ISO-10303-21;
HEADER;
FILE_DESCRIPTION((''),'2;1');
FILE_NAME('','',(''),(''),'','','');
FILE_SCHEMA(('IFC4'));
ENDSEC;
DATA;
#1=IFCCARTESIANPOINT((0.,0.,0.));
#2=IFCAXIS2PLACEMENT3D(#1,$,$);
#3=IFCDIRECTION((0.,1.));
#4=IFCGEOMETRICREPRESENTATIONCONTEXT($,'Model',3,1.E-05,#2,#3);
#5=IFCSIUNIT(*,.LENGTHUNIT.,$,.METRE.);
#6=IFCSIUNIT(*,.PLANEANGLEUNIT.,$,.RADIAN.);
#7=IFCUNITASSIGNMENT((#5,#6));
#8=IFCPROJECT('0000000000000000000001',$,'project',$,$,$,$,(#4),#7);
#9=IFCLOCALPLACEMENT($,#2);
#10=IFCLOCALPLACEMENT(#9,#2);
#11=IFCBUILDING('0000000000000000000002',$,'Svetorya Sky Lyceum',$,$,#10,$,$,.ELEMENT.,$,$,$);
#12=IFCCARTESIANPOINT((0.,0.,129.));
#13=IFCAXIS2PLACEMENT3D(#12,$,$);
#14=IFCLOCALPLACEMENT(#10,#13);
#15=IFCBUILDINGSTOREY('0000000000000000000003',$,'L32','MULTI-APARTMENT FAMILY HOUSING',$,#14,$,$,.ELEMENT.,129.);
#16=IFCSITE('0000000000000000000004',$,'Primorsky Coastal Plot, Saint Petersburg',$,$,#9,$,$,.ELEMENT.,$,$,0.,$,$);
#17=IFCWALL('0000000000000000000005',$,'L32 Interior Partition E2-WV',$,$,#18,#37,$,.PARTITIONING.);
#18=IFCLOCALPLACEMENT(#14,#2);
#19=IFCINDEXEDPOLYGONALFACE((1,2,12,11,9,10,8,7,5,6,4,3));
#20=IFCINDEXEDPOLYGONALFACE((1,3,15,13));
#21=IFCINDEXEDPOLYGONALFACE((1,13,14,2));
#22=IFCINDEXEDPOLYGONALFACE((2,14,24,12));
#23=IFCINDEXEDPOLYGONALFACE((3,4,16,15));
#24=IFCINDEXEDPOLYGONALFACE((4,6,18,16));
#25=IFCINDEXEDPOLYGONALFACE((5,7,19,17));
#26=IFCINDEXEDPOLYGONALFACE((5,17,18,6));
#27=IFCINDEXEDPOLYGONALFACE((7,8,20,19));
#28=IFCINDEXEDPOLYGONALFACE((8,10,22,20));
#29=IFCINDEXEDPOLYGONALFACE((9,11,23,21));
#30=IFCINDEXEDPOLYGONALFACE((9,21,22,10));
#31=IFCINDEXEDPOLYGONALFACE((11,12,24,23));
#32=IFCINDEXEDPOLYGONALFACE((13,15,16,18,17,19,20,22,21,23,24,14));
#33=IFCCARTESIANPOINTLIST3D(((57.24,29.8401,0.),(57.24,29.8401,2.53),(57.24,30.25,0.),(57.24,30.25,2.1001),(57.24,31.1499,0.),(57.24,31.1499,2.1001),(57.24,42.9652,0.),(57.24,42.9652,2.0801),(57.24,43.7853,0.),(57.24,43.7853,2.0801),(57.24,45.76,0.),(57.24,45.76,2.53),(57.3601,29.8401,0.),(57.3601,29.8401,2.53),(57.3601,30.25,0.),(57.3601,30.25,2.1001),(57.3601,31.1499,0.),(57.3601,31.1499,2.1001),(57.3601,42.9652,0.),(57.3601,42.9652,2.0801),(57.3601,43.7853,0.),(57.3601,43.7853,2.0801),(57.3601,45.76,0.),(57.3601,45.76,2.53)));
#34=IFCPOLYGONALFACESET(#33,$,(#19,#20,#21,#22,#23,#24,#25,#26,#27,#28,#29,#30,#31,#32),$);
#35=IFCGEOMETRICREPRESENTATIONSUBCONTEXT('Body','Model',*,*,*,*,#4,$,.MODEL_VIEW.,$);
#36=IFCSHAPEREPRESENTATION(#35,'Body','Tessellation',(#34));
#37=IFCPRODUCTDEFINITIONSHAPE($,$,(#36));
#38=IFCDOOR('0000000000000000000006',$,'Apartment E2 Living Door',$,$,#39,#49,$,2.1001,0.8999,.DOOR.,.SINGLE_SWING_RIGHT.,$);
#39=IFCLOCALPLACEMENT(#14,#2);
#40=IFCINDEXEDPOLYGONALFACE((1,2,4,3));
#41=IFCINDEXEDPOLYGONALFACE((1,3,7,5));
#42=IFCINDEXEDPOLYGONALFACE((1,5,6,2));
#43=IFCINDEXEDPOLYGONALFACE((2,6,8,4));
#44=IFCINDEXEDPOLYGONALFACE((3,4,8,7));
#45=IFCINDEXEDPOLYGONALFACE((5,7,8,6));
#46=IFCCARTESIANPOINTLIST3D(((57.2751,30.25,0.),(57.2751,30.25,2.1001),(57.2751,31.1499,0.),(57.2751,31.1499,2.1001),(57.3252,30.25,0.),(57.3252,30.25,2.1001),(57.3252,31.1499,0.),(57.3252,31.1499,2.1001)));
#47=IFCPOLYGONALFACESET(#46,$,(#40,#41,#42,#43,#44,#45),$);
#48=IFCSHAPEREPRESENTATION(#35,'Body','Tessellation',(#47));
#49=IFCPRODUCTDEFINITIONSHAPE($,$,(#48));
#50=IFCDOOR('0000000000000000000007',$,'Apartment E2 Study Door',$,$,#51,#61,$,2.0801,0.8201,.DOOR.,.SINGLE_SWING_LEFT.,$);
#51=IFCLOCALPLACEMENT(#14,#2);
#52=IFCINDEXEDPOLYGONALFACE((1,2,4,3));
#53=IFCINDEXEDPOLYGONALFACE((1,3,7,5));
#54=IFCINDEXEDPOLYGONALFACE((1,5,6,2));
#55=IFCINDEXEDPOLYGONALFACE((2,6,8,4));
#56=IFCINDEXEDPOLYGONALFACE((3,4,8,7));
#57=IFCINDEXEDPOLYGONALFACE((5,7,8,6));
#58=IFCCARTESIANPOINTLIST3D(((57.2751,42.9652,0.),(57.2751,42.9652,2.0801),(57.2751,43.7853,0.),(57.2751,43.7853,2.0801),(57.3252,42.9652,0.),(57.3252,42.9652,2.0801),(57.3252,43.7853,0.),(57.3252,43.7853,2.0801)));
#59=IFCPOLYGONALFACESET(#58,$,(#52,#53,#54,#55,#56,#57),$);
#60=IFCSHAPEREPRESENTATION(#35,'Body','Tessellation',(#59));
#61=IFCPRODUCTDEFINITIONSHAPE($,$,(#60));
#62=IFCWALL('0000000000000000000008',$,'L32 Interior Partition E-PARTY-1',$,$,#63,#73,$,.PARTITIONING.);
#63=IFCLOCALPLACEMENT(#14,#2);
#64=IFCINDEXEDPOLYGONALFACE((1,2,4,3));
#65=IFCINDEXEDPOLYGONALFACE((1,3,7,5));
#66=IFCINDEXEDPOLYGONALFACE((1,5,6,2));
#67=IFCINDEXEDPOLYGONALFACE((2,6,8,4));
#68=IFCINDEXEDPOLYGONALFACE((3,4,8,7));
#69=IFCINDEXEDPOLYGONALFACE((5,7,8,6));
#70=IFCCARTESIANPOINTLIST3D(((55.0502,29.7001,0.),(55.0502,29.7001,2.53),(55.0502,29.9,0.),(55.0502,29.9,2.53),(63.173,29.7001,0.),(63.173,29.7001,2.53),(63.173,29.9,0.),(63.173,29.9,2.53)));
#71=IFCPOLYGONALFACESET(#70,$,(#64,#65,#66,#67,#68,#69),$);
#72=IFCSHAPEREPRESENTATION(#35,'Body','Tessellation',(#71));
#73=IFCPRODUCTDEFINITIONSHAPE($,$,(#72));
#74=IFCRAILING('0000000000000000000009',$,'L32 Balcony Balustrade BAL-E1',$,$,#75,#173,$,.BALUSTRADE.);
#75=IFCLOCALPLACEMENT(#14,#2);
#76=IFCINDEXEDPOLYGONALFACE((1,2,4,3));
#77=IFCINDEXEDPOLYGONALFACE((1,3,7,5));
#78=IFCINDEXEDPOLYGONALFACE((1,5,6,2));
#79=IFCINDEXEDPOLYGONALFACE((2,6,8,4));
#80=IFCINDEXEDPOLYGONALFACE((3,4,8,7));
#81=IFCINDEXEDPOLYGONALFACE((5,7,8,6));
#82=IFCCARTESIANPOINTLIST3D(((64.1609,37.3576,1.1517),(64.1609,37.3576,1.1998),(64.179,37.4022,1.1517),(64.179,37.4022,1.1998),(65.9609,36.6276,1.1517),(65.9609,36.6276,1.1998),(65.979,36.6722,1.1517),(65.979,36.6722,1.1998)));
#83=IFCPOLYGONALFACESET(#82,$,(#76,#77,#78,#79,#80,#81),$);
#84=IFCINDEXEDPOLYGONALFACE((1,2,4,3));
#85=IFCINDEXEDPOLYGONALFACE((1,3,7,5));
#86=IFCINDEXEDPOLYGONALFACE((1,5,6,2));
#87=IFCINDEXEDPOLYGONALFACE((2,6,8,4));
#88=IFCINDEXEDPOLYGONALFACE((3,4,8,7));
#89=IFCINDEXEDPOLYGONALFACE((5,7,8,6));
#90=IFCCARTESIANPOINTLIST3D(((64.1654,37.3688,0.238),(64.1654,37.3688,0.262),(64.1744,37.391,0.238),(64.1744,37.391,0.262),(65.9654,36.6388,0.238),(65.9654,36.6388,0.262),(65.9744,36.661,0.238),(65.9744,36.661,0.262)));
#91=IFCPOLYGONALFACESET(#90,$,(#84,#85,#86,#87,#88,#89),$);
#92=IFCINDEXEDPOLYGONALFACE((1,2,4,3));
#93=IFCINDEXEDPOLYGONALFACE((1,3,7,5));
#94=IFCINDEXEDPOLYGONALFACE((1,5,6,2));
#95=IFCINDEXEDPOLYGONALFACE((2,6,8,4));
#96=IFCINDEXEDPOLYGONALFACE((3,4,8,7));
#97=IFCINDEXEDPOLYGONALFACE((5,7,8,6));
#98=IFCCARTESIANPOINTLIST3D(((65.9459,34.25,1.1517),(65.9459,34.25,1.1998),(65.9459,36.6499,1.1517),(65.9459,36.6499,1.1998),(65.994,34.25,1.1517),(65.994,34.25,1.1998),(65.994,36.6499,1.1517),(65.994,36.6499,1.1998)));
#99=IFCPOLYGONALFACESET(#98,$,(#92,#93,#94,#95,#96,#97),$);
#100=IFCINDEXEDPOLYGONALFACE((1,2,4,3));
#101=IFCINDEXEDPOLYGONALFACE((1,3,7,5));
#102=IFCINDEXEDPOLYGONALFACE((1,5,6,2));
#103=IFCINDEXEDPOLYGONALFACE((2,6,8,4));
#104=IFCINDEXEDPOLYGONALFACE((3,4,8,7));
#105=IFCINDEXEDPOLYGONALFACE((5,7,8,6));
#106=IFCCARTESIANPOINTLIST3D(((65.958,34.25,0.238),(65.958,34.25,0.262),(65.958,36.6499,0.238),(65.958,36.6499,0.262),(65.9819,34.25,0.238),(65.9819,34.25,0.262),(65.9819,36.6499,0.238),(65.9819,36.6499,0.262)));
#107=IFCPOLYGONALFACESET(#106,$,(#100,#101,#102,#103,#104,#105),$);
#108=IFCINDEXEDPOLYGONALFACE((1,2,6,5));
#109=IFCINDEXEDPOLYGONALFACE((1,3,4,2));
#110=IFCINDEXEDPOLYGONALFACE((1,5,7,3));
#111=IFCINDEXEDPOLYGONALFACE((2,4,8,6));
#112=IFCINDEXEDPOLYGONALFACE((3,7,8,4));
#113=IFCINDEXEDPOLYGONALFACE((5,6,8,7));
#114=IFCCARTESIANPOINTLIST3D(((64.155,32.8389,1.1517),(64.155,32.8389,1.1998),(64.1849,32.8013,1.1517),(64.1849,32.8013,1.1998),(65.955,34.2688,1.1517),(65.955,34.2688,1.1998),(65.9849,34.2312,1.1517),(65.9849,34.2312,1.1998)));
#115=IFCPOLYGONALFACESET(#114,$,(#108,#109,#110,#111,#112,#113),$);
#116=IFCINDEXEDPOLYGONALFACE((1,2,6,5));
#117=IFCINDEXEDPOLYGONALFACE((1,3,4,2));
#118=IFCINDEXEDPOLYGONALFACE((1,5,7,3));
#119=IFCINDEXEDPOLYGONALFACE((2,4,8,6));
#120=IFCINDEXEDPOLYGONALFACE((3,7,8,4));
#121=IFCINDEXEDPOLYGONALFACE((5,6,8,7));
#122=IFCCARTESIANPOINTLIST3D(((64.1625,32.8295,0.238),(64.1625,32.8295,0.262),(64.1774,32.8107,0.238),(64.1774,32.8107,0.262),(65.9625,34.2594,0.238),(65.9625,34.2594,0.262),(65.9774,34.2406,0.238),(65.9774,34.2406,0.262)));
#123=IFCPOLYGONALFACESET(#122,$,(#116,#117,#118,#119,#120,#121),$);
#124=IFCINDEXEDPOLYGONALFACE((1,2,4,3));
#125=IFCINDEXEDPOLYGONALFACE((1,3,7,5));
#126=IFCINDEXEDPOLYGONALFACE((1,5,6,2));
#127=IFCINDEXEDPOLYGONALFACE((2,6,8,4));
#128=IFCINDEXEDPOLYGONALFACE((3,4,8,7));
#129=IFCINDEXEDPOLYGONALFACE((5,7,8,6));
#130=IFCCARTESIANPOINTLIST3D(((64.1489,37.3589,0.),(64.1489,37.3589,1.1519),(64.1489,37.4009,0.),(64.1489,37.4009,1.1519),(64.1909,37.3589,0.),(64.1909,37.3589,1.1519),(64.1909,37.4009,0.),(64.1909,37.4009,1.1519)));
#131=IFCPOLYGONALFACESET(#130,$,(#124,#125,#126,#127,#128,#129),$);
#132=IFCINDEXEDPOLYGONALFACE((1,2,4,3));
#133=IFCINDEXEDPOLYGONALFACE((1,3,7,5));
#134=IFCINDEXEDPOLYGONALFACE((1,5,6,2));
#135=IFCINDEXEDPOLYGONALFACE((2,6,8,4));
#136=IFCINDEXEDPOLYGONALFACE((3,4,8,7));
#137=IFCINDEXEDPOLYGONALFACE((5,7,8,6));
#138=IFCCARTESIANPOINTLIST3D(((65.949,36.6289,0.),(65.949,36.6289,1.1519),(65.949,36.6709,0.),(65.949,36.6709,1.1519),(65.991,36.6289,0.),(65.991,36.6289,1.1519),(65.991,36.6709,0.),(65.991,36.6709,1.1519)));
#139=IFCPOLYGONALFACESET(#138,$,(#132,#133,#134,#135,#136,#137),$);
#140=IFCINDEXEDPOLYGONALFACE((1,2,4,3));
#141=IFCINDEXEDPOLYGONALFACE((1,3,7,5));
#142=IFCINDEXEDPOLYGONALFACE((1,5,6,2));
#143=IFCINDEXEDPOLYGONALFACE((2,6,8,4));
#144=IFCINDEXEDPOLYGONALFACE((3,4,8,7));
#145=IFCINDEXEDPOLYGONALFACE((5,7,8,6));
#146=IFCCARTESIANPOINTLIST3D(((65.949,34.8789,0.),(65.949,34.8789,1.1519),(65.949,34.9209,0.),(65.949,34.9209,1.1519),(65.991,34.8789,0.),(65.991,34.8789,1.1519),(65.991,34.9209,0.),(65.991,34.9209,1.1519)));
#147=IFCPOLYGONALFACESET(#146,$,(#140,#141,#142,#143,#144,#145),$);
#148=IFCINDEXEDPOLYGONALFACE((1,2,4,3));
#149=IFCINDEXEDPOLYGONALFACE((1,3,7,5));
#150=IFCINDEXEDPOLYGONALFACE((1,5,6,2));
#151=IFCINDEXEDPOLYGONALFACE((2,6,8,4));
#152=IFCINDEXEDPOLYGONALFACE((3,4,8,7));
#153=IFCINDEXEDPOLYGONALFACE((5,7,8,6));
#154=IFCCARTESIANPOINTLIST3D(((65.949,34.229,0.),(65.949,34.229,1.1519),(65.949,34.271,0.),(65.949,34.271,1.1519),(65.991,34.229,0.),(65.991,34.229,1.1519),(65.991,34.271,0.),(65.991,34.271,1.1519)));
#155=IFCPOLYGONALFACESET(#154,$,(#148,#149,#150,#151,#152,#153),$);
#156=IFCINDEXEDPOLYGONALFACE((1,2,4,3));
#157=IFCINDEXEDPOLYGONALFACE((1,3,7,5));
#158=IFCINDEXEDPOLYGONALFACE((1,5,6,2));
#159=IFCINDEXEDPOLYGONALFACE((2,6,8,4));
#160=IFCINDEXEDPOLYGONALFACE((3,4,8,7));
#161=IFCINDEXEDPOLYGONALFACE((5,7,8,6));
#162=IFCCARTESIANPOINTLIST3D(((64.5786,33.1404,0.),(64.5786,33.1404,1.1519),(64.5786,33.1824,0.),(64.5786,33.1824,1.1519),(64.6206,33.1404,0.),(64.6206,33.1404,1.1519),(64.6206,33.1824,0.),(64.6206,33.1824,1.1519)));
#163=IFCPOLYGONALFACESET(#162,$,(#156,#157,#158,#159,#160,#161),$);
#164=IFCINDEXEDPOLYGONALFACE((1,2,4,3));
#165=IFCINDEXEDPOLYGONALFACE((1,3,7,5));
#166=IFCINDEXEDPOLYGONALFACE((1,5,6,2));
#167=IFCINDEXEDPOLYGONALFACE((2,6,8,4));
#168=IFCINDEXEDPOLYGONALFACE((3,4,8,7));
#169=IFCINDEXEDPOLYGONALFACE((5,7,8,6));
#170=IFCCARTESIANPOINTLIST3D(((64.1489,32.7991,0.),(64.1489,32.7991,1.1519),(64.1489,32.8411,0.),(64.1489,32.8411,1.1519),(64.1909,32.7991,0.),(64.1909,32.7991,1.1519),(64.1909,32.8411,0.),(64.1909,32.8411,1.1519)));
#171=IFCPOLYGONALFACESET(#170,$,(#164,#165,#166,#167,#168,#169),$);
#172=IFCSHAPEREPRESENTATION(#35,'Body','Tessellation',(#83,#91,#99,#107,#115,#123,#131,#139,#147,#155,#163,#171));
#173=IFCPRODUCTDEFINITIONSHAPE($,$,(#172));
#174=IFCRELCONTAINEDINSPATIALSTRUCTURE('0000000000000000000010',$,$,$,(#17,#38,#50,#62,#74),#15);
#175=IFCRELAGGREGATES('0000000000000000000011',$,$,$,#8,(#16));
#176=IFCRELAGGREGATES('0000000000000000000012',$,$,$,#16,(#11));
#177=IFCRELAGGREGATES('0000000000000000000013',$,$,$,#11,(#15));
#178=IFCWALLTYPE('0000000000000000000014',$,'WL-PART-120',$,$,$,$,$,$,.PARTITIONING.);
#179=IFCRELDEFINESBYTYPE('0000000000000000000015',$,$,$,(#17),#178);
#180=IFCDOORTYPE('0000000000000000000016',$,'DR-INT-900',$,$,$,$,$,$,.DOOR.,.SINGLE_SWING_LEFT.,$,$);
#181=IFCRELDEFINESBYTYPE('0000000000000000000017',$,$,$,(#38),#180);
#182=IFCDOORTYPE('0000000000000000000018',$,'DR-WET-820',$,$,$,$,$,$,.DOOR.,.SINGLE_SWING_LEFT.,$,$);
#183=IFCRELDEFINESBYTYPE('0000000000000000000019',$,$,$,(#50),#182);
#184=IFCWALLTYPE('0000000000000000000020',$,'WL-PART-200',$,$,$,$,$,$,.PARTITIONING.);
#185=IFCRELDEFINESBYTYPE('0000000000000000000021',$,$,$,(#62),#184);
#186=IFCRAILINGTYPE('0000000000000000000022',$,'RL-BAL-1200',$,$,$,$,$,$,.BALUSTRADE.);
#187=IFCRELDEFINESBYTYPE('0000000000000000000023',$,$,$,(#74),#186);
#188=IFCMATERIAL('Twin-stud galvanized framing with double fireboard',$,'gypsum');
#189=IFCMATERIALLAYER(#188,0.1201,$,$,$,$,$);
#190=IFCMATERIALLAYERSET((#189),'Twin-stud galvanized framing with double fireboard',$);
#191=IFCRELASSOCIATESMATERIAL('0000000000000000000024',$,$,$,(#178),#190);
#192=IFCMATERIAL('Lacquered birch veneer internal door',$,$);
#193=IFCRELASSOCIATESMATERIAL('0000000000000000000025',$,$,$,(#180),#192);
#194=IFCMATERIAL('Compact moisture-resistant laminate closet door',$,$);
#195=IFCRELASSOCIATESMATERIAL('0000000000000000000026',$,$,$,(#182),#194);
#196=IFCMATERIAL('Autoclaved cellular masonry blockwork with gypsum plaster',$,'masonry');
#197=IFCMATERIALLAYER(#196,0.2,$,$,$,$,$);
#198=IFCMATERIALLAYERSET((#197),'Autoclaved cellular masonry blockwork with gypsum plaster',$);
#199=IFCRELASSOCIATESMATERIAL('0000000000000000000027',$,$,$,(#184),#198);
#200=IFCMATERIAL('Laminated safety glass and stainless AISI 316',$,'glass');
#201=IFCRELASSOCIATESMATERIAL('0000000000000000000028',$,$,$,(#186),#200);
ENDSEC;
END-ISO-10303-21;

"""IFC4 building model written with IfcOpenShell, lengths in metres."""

from ifc_helpers import new_model, si_unit, direction, frame, frame_2d, origin, origin_2d, place, context, subcontext, project, spatial, rectangle, extrude, material, layer, layer_set, type_object, element, fill, save


model = new_model("IFC4")

# Units and contexts
model_context = context("Model", 3, precision=1e-05, world=origin(), true_north=direction((0.0, 1.0)))
body_context = subcontext(model_context, "Body", "Model", "MODEL_VIEW")
ifc_project = project(units=[si_unit("LENGTHUNIT", "METRE"), si_unit("PLANEANGLEUNIT", "RADIAN")], contexts=[model_context])

# Site, building, storey
site_placement = place(None, origin())
site = spatial("IfcSite", under=ifc_project, at=site_placement, Name="Primorsky Coastal Plot, Saint Petersburg", CompositionType="ELEMENT", RefElevation=0.0)
building_placement = place(site_placement, origin())
building = spatial("IfcBuilding", under=site, at=building_placement, Name="Svetorya Sky Lyceum", CompositionType="ELEMENT")
storey_placement = place(building_placement, frame((0.0, 0.0, 129.0)))
storey = spatial("IfcBuildingStorey", under=building, at=storey_placement, Name="L32", Description="MULTI-APARTMENT FAMILY HOUSING", CompositionType="ELEMENT", Elevation=129.0)

# Shared definitions
ifc_material_1 = material(Name="Twin-stud galvanized framing with double fireboard", Category="gypsum")
ifc_layer_1 = layer(ifc_material_1, 0.1201)
ifc_layer_set_1 = layer_set([ifc_layer_1], Name="Twin-stud galvanized framing with double fireboard")
wall_type_1 = type_object("IfcWallType", Name="WL-PART-120", PredefinedType="PARTITIONING", material=ifc_layer_set_1)

# Shared definitions
ifc_material_2 = material(Name="Lacquered birch veneer internal door")
door_type_1 = type_object("IfcDoorType", Name="DR-INT-900", OperationType="SINGLE_SWING_LEFT", PredefinedType="DOOR", material=ifc_material_2)

# Wall, openings, doors
wall_1_placement = place(storey_placement, frame((57.3, 29.8401, 0.0), z_axis=(0.0, 0.0, 1.0), x_axis=(0.0, 1.0, 0.0)))
wall_1 = element("IfcWall", 1, at=wall_1_placement, inside=storey, type_object=wall_type_1, Name="L32 Interior Partition E2-WV", PredefinedType="PARTITIONING", context=body_context, shape_type="SweptSolid", body=[
    extrude(rectangle(XDim=15.9199, YDim=0.1201, at=frame_2d((7.96, 0.0))), origin(), (0.0, 0.0, 1.0), 2.53),
])
opening_1_placement = place(wall_1_placement, frame((0.4099, 0.0, 0.0)))
opening_1 = element("IfcOpeningElement", 2, at=opening_1_placement, cuts=wall_1, PredefinedType="OPENING", context=body_context, shape_type="SweptSolid", body=[
    extrude(rectangle(XDim=0.8999, YDim=2.1001, at=frame_2d((0.45, 1.05))), frame((0.0, 0.0701, 0.0), z_axis=(0.0, -1.0, 0.0), x_axis=(1.0, 0.0, 0.0)), (0.0, 0.0, 1.0), 0.1401),
])
opening_2_placement = place(wall_1_placement, frame((13.125, 0.0, 0.0)))
opening_2 = element("IfcOpeningElement", 3, at=opening_2_placement, cuts=wall_1, PredefinedType="OPENING", context=body_context, shape_type="SweptSolid", body=[
    extrude(rectangle(XDim=0.8201, YDim=2.0801, at=frame_2d((0.4102, 1.04))), frame((0.0, 0.0701, 0.0), z_axis=(0.0, -1.0, 0.0), x_axis=(1.0, 0.0, 0.0)), (0.0, 0.0, 1.0), 0.1401),
])
door_1_placement = place(opening_1_placement, origin())
door_1 = element("IfcDoor", 4, at=door_1_placement, inside=storey, type_object=door_type_1, Name="Apartment E2 Living Door", OperationType="SINGLE_SWING_RIGHT", OverallHeight=2.1001, OverallWidth=0.8999, PredefinedType="DOOR", context=body_context, shape_type="SweptSolid", body=[
    extrude(rectangle(XDim=0.8999, YDim=2.1001, at=frame_2d((0.45, 1.05))), frame((0.0, 0.0249, 0.0), z_axis=(0.0, -1.0, 0.0), x_axis=(1.0, 0.0, 0.0)), (0.0, 0.0, 1.0), 0.05),
])
fill(opening_1, door_1)
ifc_material_3 = material(Name="Compact moisture-resistant laminate closet door")
door_type_2 = type_object("IfcDoorType", Name="DR-WET-820", OperationType="SINGLE_SWING_LEFT", PredefinedType="DOOR", material=ifc_material_3)
door_2_placement = place(opening_2_placement, origin())
door_2 = element("IfcDoor", 5, at=door_2_placement, inside=storey, type_object=door_type_2, Name="Apartment E2 Study Door", OperationType="SINGLE_SWING_LEFT", OverallHeight=2.0801, OverallWidth=0.8201, PredefinedType="DOOR", context=body_context, shape_type="SweptSolid", body=[
    extrude(rectangle(XDim=0.8201, YDim=2.0801, at=frame_2d((0.4102, 1.04))), frame((0.0, 0.0249, 0.0), z_axis=(0.0, -1.0, 0.0), x_axis=(1.0, 0.0, 0.0)), (0.0, 0.0, 1.0), 0.05),
])
fill(opening_2, door_2)

# Wall
ifc_material_4 = material(Name="Autoclaved cellular masonry blockwork with gypsum plaster", Category="masonry")
ifc_layer_2 = layer(ifc_material_4, 0.2)
ifc_layer_set_2 = layer_set([ifc_layer_2], Name="Autoclaved cellular masonry blockwork with gypsum plaster")
wall_type_2 = type_object("IfcWallType", Name="WL-PART-200", PredefinedType="PARTITIONING", material=ifc_layer_set_2)
wall_2_placement = place(storey_placement, frame((55.05, 29.8, 0.0), z_axis=(0.0, 0.0, 1.0), x_axis=(1.0, 0.0, 0.0)))
element("IfcWall", 6, at=wall_2_placement, inside=storey, type_object=wall_type_2, Name="L32 Interior Partition E-PARTY-1", PredefinedType="PARTITIONING", context=body_context, shape_type="SweptSolid", body=[
    extrude(rectangle(XDim=8.1228, YDim=0.2, at=frame_2d((4.0615, 0.0))), origin(), (0.0, 0.0, 1.0), 2.53),
])

# Railing
ifc_material_5 = material(Name="Laminated safety glass and stainless AISI 316", Category="glass")
railing_type = type_object("IfcRailingType", Name="RL-BAL-1200", PredefinedType="BALUSTRADE", material=ifc_material_5)
railing_placement = place(storey_placement, frame((64.1699, 37.3799, 0.0)))
element("IfcRailing", 7, at=railing_placement, inside=storey, type_object=railing_type, Name="L32 Balcony Balustrade BAL-E1", PredefinedType="BALUSTRADE", context=body_context, shape_type="SweptSolid", body=[
    extrude(rectangle(XDim=0.0481, YDim=0.0481, at=origin_2d()), frame((0.0, 0.0, 1.1758), z_axis=(0.926698, -0.375807, 0.0), x_axis=(0.375807, 0.926698, 0.0)), (0.0, 0.0, 1.0), 1.9424),
    extrude(rectangle(XDim=0.0239, YDim=0.0239, at=origin_2d()), frame((0.0, 0.0, 0.25), z_axis=(0.926698, -0.375807, 0.0), x_axis=(0.375807, 0.926698, 0.0)), (0.0, 0.0, 1.0), 1.9424),
    extrude(rectangle(XDim=0.0481, YDim=0.0481, at=origin_2d()), frame((1.8, -0.73, 1.1758), z_axis=(0.0, -1.0, 0.0), x_axis=(1.0, 0.0, 0.0)), (0.0, 0.0, 1.0), 2.3999),
    extrude(rectangle(XDim=0.0239, YDim=0.0239, at=origin_2d()), frame((1.8, -0.73, 0.25), z_axis=(0.0, -1.0, 0.0), x_axis=(1.0, 0.0, 0.0)), (0.0, 0.0, 1.0), 2.3999),
    extrude(rectangle(XDim=0.0481, YDim=0.0481, at=origin_2d()), frame((1.8, -3.1299, 1.1758), z_axis=(-0.783009, -0.62201, 0.0), x_axis=(0.62201, -0.783009, 0.0)), (0.0, 0.0, 1.0), 2.2988),
    extrude(rectangle(XDim=0.0239, YDim=0.0239, at=origin_2d()), frame((1.8, -3.1299, 0.25), z_axis=(-0.783009, -0.62201, 0.0), x_axis=(0.62201, -0.783009, 0.0)), (0.0, 0.0, 1.0), 2.2988),
    extrude(rectangle(XDim=0.042, YDim=0.042, at=origin_2d()), origin(), (0.0, 0.0, 1.0), 1.1519),
    extrude(rectangle(XDim=0.042, YDim=0.042, at=origin_2d()), frame((1.8, -0.73, 0.0)), (0.0, 0.0, 1.0), 1.1519),
    extrude(rectangle(XDim=0.042, YDim=0.042, at=origin_2d()), frame((1.8, -2.48, 0.0)), (0.0, 0.0, 1.0), 1.1519),
    extrude(rectangle(XDim=0.042, YDim=0.042, at=origin_2d()), frame((1.8, -3.1299, 0.0)), (0.0, 0.0, 1.0), 1.1519),
    extrude(rectangle(XDim=0.042, YDim=0.042, at=origin_2d()), frame((0.4297, -4.2185, 0.0)), (0.0, 0.0, 1.0), 1.1519),
    extrude(rectangle(XDim=0.042, YDim=0.042, at=origin_2d()), frame((0.0, -4.5598, 0.0)), (0.0, 0.0, 1.0), 1.1519),
])

save(model, "model.ifc")
